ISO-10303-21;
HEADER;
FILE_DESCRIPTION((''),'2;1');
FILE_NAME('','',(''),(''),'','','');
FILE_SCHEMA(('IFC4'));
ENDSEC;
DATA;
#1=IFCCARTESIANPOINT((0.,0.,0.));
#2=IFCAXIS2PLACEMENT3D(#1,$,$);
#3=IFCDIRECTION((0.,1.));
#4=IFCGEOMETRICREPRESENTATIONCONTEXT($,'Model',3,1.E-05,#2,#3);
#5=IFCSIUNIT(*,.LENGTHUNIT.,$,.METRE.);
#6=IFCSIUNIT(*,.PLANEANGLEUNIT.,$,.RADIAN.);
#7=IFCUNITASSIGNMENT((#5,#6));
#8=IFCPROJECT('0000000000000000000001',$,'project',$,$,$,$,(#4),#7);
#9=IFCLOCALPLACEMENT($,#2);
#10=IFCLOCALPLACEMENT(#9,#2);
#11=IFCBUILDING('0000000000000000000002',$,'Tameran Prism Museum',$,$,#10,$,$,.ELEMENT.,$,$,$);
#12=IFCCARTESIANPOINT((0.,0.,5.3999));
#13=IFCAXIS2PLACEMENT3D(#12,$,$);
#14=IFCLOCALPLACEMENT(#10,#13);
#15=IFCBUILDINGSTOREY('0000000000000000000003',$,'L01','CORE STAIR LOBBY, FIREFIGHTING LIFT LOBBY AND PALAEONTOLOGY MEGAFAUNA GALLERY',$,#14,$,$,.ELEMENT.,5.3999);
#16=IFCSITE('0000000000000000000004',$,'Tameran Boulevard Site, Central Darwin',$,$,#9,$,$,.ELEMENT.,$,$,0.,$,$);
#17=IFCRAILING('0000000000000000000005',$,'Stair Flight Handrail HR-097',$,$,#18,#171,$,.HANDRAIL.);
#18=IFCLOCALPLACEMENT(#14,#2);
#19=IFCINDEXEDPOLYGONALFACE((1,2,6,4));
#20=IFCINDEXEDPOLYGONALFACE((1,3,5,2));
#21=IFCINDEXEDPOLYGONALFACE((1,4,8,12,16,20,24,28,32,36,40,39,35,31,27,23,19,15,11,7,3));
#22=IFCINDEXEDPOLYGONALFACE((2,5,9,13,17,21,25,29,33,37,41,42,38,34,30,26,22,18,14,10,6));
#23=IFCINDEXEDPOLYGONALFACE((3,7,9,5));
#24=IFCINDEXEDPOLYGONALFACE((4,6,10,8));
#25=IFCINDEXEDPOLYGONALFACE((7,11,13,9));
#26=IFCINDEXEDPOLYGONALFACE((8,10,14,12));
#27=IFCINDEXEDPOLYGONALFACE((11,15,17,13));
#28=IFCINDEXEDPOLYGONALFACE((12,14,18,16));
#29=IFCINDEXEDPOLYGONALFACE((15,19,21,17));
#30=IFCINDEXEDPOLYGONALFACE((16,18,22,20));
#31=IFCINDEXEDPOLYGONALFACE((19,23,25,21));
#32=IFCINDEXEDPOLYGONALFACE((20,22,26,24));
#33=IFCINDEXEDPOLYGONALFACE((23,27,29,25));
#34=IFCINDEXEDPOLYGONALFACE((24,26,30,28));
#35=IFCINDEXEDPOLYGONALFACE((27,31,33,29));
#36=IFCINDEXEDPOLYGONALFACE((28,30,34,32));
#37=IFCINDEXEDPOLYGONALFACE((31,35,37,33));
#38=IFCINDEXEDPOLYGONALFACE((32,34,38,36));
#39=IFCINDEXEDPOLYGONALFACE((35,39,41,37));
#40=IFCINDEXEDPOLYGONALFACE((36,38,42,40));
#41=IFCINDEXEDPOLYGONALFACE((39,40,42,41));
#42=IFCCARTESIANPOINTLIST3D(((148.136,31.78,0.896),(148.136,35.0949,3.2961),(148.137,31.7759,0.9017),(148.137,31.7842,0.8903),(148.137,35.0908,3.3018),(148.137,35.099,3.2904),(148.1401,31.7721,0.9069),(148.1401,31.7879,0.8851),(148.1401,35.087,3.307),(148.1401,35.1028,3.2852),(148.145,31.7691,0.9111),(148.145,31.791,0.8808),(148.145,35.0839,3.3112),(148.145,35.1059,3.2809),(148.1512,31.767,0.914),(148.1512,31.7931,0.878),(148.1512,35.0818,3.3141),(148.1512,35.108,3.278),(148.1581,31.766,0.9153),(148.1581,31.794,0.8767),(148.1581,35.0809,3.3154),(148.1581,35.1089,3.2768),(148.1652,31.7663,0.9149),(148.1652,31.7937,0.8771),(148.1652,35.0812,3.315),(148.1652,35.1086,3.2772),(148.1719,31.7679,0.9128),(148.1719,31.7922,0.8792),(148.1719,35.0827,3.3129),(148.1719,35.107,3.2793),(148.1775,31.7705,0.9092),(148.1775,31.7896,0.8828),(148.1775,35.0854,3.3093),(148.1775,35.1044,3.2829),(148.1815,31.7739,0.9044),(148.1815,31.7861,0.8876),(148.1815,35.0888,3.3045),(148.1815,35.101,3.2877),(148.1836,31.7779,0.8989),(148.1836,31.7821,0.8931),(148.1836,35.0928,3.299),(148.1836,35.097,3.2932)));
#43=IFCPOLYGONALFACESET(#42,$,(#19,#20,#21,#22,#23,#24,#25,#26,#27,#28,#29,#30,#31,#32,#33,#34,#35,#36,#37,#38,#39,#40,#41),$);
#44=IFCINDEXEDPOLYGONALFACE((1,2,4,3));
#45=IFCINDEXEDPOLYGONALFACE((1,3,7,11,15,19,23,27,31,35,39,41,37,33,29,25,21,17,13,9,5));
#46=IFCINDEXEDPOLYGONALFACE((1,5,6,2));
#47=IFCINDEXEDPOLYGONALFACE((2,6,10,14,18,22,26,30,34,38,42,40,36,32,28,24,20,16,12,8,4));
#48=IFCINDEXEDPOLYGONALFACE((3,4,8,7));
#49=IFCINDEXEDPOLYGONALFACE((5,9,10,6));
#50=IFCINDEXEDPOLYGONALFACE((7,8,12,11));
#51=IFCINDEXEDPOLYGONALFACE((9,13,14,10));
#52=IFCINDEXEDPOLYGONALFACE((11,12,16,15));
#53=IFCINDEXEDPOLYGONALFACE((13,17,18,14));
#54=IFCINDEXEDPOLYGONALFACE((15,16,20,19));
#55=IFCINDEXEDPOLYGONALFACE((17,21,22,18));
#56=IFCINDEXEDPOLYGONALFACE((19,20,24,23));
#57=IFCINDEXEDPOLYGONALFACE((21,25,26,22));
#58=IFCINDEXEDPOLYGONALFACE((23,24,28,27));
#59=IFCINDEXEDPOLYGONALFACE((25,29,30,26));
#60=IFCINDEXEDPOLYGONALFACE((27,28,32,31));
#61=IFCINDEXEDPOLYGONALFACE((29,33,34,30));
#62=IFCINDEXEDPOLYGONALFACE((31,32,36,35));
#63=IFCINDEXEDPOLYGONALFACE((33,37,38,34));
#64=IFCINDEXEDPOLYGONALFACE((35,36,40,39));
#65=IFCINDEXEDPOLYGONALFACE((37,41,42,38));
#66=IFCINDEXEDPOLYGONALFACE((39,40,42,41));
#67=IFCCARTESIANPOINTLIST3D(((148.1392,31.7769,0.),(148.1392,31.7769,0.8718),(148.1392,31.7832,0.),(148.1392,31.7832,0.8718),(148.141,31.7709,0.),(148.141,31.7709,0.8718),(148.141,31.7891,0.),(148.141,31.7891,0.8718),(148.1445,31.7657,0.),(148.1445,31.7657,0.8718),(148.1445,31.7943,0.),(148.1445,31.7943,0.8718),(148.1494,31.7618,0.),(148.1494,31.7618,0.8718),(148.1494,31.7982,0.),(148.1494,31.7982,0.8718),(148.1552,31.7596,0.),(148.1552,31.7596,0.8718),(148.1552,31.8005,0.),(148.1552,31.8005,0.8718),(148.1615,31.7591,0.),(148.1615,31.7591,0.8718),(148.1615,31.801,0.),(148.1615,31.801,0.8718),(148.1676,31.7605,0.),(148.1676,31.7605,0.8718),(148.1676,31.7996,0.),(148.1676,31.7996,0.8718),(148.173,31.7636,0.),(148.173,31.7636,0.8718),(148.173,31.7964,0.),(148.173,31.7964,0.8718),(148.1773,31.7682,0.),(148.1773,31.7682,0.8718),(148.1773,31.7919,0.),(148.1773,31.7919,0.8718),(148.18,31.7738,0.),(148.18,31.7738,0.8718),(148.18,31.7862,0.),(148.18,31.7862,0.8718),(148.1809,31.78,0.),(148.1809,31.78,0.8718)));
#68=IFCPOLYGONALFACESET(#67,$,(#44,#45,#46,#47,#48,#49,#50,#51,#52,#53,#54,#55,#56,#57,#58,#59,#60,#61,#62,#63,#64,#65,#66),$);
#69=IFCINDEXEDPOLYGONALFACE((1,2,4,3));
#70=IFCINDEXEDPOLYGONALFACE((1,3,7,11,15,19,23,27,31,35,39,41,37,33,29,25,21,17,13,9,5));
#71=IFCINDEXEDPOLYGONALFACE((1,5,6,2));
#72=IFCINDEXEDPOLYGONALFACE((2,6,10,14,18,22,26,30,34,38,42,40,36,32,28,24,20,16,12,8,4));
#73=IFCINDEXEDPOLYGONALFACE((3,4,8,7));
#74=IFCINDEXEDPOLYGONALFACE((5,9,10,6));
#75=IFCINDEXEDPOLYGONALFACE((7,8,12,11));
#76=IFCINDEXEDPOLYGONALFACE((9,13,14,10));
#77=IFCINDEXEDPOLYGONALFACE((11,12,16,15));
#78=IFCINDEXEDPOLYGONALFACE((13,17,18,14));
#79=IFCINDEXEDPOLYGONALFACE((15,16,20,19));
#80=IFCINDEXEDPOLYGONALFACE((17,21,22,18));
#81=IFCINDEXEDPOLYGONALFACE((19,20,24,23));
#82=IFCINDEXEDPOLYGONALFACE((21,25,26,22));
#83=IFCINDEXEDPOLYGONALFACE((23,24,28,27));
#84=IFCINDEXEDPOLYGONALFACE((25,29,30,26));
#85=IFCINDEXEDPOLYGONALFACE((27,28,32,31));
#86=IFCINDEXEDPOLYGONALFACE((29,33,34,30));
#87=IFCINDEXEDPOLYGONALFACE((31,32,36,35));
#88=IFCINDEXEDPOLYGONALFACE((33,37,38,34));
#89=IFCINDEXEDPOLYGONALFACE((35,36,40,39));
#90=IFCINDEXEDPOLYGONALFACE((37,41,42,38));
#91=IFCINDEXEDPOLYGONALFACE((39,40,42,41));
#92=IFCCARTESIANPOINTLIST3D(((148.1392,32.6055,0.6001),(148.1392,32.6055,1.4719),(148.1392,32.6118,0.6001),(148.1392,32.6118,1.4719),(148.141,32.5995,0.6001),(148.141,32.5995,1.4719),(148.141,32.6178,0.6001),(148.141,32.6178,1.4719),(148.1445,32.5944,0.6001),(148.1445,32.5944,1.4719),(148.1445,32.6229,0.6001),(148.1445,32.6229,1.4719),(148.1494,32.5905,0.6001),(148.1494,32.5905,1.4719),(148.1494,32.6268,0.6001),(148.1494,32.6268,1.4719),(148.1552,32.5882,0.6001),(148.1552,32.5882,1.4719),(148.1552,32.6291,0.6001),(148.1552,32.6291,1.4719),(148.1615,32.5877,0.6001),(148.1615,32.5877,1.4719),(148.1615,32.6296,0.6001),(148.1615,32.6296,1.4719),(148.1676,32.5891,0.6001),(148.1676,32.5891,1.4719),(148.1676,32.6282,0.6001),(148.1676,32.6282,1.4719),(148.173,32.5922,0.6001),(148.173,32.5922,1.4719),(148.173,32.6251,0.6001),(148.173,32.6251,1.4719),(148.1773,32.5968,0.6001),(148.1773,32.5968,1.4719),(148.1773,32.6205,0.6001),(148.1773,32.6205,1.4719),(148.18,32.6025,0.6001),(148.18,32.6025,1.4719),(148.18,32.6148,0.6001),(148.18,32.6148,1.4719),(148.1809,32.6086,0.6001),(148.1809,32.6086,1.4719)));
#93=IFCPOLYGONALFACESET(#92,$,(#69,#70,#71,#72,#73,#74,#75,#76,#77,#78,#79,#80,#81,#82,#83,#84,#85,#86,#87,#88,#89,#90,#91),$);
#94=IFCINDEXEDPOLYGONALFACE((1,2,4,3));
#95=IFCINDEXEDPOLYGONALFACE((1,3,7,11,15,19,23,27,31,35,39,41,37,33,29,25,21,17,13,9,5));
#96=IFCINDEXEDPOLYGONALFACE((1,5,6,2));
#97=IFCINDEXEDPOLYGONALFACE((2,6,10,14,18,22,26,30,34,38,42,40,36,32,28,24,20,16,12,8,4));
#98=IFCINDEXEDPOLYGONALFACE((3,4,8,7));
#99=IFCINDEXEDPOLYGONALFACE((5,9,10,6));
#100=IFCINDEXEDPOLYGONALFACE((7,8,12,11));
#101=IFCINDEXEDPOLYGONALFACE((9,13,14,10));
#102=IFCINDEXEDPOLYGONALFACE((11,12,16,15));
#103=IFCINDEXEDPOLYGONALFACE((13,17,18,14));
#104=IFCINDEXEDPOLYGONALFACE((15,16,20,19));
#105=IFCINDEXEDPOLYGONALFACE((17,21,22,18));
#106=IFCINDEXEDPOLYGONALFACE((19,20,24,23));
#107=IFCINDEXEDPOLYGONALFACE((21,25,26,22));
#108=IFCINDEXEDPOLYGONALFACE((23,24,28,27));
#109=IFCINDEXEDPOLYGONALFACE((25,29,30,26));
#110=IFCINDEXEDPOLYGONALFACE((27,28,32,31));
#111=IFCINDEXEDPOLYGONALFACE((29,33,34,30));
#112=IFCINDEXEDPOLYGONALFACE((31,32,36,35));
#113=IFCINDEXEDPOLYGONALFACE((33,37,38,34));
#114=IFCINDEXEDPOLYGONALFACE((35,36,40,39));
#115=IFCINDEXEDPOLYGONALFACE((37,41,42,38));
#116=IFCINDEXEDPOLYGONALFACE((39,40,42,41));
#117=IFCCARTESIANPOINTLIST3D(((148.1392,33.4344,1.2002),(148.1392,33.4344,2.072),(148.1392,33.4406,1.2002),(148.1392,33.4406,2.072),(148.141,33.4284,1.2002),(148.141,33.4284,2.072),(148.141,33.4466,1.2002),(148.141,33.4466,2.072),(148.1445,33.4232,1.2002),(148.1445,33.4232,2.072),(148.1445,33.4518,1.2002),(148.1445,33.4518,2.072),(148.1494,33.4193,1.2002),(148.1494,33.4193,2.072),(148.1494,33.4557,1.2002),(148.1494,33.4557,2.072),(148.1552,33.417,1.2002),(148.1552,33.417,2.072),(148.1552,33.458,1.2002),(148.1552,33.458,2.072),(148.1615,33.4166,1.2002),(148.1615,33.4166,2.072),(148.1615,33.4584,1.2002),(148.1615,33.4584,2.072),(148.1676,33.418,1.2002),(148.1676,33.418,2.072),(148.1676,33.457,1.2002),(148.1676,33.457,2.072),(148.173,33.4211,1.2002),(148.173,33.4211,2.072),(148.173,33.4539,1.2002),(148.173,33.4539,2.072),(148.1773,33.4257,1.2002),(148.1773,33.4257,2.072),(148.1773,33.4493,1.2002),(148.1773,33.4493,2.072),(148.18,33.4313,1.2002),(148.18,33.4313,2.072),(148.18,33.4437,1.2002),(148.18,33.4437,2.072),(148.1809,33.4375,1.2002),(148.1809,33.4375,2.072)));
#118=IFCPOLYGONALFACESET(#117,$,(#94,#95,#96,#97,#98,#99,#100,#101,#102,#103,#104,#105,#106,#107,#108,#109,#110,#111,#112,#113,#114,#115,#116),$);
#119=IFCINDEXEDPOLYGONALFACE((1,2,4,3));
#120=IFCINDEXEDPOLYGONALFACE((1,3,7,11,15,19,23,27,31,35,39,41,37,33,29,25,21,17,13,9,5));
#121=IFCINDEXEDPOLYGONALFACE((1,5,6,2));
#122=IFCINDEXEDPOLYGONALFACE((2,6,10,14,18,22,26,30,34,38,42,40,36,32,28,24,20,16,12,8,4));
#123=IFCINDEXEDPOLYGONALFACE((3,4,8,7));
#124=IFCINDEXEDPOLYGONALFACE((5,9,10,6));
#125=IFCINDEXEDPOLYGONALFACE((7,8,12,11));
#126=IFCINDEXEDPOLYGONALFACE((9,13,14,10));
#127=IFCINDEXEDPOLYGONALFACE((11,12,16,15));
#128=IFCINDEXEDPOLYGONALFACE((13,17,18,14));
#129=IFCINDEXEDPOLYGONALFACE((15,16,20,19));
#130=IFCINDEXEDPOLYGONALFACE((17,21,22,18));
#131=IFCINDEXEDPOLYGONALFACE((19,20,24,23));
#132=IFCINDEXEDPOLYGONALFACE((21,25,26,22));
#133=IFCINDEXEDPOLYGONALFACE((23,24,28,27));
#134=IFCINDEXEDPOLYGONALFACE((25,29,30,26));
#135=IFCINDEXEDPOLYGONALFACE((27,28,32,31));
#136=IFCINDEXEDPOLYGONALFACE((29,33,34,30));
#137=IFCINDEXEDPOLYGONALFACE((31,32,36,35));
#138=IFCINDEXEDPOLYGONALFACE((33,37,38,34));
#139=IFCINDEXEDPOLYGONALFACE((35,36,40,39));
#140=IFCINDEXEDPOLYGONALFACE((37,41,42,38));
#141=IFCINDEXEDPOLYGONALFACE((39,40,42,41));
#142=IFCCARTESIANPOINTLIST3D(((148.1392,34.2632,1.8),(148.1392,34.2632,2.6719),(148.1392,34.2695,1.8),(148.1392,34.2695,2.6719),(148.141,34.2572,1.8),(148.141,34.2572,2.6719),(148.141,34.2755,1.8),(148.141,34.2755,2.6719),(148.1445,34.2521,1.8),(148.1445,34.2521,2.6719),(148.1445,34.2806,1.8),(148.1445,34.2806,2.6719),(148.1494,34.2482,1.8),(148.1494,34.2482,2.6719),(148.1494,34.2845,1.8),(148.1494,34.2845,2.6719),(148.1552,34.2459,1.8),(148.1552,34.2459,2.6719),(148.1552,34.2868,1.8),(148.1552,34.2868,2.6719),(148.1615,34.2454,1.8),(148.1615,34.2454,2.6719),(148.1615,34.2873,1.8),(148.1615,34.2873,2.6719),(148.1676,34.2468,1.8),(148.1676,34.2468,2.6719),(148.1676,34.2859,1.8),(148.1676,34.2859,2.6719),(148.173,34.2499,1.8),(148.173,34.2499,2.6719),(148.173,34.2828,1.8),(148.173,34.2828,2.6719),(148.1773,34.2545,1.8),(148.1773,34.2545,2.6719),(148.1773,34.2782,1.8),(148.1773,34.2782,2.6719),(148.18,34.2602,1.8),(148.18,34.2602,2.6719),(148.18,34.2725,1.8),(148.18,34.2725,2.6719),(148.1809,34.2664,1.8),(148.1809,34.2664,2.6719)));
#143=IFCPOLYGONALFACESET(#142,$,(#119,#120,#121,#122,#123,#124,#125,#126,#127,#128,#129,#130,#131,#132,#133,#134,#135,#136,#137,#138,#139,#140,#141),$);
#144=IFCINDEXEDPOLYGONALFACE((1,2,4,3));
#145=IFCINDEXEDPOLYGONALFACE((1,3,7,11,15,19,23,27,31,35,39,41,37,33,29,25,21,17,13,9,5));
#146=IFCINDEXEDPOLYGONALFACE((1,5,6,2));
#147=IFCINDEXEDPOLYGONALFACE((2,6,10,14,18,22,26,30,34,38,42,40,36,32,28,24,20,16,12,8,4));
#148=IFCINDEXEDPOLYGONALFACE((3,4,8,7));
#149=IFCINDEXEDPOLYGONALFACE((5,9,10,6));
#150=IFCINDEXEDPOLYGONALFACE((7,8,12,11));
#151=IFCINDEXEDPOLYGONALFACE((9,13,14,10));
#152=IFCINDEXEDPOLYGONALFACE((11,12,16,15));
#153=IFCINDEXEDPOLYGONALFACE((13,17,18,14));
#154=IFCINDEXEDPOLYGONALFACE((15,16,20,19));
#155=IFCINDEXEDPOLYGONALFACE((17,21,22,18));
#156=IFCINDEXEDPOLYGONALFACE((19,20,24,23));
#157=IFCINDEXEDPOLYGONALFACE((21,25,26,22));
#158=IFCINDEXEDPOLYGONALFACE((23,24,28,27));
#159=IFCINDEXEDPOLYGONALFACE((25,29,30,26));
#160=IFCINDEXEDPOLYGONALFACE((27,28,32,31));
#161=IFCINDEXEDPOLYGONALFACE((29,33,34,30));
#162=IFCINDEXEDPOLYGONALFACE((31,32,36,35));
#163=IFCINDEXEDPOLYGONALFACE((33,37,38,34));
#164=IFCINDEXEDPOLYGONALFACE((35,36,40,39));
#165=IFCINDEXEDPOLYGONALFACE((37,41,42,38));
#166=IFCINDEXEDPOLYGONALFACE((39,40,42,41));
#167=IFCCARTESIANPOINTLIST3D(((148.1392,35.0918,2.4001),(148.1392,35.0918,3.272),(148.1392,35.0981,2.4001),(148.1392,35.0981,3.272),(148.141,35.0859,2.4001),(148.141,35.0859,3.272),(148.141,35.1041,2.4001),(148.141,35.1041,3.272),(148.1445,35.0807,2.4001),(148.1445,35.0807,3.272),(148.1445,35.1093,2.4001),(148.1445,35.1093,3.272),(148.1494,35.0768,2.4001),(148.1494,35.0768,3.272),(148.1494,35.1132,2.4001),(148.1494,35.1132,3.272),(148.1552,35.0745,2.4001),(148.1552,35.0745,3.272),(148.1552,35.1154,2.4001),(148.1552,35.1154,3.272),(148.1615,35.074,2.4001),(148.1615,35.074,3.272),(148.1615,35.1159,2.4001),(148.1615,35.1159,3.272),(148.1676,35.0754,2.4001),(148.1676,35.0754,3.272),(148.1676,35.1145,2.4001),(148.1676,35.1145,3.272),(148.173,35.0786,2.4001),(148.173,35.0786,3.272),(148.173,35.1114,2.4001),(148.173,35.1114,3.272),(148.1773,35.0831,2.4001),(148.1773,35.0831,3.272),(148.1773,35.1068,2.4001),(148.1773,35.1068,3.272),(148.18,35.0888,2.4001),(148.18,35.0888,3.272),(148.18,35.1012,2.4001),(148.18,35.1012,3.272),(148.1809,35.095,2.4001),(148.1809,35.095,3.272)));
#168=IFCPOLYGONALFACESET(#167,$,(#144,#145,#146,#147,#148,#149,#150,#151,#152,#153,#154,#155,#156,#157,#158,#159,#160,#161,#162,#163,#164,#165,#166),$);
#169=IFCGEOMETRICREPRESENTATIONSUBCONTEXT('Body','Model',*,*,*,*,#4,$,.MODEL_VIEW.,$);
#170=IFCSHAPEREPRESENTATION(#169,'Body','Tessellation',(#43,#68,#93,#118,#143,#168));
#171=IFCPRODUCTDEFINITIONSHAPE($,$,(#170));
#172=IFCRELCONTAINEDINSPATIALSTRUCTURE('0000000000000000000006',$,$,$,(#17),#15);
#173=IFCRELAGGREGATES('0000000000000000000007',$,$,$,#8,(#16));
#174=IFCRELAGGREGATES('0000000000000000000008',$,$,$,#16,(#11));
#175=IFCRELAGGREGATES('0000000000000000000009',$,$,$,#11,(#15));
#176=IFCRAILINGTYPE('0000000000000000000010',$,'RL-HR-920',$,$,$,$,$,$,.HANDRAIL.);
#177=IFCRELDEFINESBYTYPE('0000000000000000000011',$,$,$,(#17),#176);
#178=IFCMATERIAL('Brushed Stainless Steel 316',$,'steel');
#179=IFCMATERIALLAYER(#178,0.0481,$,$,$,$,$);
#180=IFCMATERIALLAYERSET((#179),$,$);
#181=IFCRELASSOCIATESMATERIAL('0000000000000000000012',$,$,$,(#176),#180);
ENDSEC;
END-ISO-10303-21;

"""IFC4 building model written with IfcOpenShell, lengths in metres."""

from ifc_helpers import new_model, si_unit, direction, frame, origin, origin_2d, place, context, subcontext, project, spatial, circle, extrude, material, layer, layer_set, type_object, element, save


model = new_model("IFC4")

# Units and contexts
model_context = context("Model", 3, precision=1e-05, world=origin(), true_north=direction((0.0, 1.0)))
body_context = subcontext(model_context, "Body", "Model", "MODEL_VIEW")
ifc_project = project(units=[si_unit("LENGTHUNIT", "METRE"), si_unit("PLANEANGLEUNIT", "RADIAN")], contexts=[model_context])

# Site, building, storey
site_placement = place(None, origin())
site = spatial("IfcSite", under=ifc_project, at=site_placement, Name="Tameran Boulevard Site, Central Darwin", CompositionType="ELEMENT", RefElevation=0.0)
building_placement = place(site_placement, origin())
building = spatial("IfcBuilding", under=site, at=building_placement, Name="Tameran Prism Museum", CompositionType="ELEMENT")
storey_placement = place(building_placement, frame((0.0, 0.0, 5.3999)))
storey = spatial("IfcBuildingStorey", under=building, at=storey_placement, Name="L01", Description="CORE STAIR LOBBY, FIREFIGHTING LIFT LOBBY AND PALAEONTOLOGY MEGAFAUNA GALLERY", CompositionType="ELEMENT", Elevation=5.3999)

# Railing
ifc_material_1 = material(Name="Brushed Stainless Steel 316", Category="steel")
ifc_layer_1 = layer(ifc_material_1, 0.0481)
ifc_layer_set_1 = layer_set([ifc_layer_1])
railing_type_1 = type_object("IfcRailingType", Name="RL-HR-920", PredefinedType="HANDRAIL", material=ifc_layer_set_1)
railing_1_placement = place(storey_placement, frame((148.1599, 31.78, 0.0)))
element("IfcRailing", 1, at=railing_1_placement, inside=storey, type_object=railing_type_1, Name="Stair Flight Handrail HR-097", PredefinedType="HANDRAIL", context=body_context, shape_type="SweptSolid", body=[
    extrude(circle(Radius=0.0239, at=origin_2d()), frame((0.0, 0.0, 0.896), z_axis=(0.0, 0.80998, 0.586457), x_axis=(-1.0, 0.0, 0.0)), (0.0, 0.0, 1.0), 4.0925),
    extrude(circle(Radius=0.021, at=origin_2d()), origin(), (0.0, 0.0, 1.0), 0.8718),
    extrude(circle(Radius=0.021, at=origin_2d()), frame((0.0, 0.8286, 0.6001)), (0.0, 0.0, 1.0), 0.8718),
    extrude(circle(Radius=0.021, at=origin_2d()), frame((0.0, 1.6575, 1.2002)), (0.0, 0.0, 1.0), 0.8718),
    extrude(circle(Radius=0.021, at=origin_2d()), frame((0.0, 2.4863, 1.8)), (0.0, 0.0, 1.0), 0.8718),
    extrude(circle(Radius=0.021, at=origin_2d()), frame((0.0, 3.3149, 2.4001)), (0.0, 0.0, 1.0), 0.8718),
])

save(model, "model.ifc")
